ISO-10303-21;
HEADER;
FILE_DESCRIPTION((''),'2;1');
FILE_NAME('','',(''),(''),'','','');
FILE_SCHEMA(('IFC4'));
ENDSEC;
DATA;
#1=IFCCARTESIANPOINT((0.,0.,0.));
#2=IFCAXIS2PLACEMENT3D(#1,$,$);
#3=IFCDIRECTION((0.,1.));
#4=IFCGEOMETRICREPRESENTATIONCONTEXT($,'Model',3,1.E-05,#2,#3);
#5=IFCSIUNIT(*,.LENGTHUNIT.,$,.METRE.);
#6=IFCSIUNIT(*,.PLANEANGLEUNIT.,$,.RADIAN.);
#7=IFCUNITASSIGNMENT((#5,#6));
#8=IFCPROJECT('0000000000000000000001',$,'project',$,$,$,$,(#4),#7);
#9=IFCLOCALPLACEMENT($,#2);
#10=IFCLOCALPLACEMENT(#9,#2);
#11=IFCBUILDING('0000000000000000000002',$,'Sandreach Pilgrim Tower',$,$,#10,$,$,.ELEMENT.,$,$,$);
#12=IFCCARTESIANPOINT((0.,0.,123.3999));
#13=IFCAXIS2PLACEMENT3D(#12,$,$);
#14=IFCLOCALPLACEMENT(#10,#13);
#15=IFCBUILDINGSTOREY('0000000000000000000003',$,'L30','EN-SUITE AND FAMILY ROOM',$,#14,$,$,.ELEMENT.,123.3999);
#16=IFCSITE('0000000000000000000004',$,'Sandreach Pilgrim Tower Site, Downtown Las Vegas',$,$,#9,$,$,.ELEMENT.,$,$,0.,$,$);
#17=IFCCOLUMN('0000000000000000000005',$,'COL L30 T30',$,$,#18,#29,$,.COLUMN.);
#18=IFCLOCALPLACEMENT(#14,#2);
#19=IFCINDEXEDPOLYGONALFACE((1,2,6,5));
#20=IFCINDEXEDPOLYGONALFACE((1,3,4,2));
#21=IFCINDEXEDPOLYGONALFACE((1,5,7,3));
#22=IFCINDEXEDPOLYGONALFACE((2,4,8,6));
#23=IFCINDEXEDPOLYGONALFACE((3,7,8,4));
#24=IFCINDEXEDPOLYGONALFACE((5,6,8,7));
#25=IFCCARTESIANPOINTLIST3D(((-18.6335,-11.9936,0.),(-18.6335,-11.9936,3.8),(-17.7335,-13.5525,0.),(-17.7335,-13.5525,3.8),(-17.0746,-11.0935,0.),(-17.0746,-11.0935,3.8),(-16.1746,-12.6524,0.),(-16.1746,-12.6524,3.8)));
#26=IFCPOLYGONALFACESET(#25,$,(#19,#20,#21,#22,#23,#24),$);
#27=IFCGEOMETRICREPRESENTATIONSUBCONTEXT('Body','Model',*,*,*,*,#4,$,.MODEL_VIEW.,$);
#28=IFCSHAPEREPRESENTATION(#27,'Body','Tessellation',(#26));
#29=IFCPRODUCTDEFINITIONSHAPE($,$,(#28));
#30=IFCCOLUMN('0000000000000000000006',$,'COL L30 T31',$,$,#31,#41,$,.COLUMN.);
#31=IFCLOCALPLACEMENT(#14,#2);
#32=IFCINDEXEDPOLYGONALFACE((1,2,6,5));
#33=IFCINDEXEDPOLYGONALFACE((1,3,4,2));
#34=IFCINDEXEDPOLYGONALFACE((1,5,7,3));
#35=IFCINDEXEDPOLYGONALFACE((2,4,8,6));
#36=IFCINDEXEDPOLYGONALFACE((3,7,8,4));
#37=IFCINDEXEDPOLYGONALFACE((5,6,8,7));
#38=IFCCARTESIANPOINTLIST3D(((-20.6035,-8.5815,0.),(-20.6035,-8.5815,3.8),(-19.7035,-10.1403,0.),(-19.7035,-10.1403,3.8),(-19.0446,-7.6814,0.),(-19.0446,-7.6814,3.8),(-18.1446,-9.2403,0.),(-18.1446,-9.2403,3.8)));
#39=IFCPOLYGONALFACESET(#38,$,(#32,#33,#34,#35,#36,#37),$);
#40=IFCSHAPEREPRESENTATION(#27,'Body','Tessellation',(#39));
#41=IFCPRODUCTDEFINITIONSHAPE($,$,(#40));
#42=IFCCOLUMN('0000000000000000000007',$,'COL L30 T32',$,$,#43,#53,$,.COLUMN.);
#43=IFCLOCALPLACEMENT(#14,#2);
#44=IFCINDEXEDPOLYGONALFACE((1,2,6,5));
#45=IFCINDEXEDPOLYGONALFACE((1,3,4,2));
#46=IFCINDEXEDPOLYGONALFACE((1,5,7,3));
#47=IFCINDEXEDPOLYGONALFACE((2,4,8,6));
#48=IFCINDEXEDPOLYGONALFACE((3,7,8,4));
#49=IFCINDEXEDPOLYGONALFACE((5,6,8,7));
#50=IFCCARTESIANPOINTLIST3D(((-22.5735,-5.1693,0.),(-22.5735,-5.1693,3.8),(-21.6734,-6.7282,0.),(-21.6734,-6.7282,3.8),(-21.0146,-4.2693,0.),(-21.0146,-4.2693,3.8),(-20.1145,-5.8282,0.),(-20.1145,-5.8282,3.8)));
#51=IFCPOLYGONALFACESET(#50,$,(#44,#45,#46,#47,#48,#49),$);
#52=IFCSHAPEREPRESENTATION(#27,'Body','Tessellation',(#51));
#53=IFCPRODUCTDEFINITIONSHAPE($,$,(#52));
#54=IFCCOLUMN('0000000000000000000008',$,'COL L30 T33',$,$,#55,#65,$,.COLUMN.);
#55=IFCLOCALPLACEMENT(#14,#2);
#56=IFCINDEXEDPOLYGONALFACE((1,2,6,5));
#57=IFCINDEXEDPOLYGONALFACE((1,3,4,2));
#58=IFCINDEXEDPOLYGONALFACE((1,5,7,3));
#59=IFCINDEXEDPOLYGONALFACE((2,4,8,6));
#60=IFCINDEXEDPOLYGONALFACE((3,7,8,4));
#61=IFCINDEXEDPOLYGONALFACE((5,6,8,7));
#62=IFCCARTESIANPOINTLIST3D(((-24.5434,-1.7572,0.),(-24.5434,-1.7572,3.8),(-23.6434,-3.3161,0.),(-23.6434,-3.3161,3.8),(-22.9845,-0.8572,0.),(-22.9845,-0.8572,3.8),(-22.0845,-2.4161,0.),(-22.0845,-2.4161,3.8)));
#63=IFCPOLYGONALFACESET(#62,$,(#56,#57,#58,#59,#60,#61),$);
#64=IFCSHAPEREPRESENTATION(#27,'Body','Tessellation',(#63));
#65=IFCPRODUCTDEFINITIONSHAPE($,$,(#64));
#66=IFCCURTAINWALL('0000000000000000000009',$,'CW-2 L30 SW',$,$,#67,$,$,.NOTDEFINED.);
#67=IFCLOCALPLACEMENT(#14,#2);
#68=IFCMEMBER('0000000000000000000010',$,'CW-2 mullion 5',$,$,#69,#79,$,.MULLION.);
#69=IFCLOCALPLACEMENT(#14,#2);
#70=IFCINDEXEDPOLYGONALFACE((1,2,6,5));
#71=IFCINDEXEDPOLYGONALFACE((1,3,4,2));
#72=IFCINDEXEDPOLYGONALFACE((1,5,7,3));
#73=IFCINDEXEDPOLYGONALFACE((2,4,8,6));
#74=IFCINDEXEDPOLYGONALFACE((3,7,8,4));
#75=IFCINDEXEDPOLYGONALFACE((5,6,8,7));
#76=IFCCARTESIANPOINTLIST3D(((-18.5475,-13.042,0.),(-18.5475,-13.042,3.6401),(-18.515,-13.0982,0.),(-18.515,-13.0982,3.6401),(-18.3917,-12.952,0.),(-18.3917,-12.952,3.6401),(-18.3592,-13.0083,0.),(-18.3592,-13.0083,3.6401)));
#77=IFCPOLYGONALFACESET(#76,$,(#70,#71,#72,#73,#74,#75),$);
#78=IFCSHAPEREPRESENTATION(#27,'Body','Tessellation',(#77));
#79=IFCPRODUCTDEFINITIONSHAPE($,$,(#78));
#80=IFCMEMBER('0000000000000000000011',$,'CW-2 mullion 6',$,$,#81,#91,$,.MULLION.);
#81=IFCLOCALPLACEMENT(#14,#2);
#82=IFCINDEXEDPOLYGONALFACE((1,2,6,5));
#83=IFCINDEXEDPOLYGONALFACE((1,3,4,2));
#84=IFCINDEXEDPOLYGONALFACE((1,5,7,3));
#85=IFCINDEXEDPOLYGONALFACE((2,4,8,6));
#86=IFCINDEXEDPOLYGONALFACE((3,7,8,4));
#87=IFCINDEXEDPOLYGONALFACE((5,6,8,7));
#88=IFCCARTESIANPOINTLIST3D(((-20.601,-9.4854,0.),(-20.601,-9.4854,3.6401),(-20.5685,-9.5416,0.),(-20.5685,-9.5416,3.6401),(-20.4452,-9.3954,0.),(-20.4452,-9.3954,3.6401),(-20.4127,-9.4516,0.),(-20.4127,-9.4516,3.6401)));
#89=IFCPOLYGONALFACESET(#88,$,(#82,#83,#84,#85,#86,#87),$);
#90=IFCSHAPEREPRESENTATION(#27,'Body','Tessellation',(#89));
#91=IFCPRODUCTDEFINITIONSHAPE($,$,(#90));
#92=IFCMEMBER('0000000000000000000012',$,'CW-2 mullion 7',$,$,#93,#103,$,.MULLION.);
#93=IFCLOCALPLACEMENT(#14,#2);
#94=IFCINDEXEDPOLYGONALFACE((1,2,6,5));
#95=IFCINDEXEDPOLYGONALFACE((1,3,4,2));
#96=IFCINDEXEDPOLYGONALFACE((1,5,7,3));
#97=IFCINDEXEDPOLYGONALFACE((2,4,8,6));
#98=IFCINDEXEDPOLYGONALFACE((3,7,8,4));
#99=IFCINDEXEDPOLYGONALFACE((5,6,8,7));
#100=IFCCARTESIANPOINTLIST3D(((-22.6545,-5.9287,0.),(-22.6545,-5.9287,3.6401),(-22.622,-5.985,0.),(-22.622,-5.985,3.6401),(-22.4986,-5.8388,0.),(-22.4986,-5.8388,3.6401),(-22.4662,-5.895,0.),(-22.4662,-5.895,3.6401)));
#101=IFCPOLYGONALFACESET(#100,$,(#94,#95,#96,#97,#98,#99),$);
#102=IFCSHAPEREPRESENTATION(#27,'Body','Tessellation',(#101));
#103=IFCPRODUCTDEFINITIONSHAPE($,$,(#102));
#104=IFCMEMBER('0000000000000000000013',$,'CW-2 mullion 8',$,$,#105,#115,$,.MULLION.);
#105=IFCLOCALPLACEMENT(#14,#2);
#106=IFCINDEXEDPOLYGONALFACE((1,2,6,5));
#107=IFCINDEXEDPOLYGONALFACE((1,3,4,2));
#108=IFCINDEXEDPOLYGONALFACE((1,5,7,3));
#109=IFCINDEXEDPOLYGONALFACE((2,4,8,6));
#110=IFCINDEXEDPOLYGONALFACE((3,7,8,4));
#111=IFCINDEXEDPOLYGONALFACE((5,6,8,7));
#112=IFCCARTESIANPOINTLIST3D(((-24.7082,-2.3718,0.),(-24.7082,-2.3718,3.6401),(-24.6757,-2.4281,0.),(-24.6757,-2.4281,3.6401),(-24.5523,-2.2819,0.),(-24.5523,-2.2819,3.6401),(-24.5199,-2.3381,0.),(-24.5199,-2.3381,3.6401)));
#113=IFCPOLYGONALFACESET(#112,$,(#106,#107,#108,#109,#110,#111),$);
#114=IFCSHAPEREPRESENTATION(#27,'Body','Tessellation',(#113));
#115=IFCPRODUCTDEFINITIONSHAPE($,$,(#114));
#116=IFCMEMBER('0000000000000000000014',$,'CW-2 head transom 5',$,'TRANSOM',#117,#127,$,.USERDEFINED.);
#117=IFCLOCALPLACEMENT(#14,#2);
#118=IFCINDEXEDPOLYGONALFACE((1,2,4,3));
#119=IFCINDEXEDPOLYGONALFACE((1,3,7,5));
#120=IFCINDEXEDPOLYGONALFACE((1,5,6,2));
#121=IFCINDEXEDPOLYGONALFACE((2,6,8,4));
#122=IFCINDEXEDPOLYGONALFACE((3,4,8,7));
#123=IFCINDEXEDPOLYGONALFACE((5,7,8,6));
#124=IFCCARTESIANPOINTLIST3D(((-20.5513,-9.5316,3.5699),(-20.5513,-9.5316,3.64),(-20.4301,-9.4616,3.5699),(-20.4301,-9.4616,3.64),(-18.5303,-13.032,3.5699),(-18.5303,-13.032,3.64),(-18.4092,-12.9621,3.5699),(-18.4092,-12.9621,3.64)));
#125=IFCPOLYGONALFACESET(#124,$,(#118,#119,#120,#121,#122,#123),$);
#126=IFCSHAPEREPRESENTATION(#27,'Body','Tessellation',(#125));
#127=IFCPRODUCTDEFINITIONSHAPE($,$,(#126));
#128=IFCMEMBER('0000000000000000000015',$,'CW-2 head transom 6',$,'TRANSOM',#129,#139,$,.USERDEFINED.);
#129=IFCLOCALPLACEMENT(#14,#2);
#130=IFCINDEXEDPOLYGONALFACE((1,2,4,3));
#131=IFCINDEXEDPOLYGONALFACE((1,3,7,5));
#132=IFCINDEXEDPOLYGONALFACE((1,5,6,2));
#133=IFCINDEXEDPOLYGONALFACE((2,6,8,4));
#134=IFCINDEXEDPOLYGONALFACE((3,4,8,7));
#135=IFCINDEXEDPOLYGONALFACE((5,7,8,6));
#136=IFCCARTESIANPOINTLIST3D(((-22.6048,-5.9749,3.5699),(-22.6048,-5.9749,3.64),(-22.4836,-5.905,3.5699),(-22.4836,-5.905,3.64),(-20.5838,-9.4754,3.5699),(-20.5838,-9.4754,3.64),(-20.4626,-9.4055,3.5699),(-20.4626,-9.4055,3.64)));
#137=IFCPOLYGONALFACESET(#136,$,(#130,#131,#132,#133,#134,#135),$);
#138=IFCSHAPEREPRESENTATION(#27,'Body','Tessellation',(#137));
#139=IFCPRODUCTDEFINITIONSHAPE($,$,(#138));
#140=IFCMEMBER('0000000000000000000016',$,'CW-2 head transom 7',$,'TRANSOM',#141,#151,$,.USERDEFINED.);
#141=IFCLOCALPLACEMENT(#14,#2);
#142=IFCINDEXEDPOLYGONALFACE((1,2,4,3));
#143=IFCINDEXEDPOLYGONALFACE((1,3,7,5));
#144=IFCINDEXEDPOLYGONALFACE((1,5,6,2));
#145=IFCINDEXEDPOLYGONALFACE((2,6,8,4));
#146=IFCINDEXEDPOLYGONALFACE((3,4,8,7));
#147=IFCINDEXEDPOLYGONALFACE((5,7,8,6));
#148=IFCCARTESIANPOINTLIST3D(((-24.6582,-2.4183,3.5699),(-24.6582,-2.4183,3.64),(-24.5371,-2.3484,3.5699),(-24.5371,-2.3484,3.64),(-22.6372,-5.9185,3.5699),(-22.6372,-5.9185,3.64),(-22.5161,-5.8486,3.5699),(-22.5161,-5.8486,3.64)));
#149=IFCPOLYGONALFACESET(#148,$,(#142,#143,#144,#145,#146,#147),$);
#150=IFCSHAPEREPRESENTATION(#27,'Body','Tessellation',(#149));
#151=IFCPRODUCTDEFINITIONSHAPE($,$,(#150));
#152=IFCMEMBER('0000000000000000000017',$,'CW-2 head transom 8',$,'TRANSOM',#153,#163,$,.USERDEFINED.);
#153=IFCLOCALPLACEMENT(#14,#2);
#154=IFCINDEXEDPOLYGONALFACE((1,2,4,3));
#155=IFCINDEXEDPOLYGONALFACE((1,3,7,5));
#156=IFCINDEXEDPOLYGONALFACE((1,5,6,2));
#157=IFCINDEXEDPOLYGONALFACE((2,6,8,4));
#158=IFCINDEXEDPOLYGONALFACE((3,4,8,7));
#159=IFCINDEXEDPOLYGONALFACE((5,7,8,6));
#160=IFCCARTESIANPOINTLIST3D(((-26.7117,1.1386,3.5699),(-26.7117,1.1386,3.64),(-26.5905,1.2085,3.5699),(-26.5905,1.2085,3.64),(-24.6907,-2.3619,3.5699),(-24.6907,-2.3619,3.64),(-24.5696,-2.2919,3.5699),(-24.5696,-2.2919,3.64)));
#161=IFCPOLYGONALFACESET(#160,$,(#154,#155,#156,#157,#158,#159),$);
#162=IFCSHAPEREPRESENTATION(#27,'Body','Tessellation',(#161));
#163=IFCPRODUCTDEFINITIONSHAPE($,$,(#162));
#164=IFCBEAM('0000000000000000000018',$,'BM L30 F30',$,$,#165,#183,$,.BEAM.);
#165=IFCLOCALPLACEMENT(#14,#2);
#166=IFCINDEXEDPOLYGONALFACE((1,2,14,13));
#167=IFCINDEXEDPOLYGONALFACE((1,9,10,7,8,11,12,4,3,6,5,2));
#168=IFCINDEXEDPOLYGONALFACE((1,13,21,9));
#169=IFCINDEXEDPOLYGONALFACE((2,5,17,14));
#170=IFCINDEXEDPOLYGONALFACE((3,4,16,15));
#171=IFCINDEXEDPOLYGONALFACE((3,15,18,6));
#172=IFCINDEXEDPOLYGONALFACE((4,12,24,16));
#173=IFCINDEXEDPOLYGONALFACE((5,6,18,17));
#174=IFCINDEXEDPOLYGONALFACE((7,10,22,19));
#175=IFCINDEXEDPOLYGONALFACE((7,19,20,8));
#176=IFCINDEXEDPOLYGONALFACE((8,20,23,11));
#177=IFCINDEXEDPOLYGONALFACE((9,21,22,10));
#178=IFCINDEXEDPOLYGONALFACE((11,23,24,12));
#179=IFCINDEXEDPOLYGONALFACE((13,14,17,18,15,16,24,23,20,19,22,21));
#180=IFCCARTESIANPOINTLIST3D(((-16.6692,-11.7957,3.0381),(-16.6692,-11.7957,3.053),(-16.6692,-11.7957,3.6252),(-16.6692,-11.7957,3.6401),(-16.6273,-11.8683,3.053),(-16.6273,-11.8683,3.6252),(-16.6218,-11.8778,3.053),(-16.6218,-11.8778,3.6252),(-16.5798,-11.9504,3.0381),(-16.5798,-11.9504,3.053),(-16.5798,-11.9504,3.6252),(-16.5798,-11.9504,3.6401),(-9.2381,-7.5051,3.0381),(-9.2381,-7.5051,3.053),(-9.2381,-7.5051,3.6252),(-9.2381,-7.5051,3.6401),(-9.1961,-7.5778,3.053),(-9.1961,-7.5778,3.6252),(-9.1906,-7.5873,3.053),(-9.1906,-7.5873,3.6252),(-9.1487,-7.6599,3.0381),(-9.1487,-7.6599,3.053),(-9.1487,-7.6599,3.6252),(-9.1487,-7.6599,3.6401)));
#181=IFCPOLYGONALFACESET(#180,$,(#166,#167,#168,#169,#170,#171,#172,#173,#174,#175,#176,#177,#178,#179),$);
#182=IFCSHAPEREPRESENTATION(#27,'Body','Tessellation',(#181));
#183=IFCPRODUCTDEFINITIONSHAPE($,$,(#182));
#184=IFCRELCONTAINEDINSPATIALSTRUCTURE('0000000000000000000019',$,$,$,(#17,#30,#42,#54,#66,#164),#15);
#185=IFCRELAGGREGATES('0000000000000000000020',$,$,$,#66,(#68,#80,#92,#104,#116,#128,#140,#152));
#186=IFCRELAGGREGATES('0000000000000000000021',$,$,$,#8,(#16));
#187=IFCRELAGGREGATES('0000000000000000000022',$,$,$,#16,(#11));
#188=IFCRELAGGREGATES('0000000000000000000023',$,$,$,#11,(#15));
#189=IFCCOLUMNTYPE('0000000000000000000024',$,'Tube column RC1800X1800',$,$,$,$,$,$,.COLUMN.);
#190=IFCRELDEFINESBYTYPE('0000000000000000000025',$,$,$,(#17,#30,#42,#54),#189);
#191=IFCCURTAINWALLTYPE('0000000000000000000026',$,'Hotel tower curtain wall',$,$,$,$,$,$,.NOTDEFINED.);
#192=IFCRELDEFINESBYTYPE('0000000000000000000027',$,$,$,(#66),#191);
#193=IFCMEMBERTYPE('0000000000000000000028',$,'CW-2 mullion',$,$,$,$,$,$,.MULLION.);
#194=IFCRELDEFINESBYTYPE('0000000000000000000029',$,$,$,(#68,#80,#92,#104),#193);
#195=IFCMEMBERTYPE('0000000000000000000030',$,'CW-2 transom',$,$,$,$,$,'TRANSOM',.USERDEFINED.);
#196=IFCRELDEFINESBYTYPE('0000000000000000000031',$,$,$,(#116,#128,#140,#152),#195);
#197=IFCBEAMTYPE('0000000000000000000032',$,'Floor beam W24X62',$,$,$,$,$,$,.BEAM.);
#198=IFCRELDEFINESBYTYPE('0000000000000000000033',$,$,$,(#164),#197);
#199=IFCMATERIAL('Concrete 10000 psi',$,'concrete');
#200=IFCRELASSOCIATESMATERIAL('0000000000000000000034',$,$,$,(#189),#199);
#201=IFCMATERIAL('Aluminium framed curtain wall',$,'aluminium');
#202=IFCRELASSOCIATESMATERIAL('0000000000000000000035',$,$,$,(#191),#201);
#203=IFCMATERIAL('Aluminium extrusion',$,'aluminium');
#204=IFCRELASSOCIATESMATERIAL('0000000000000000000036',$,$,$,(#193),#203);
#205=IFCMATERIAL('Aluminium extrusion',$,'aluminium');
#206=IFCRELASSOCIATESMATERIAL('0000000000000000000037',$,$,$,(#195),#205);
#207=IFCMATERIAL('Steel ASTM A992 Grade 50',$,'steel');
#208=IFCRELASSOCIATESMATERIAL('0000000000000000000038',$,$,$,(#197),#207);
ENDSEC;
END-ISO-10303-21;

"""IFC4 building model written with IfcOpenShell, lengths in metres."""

from ifc_helpers import new_model, si_unit, direction, frame, origin, origin_2d, place, context, subcontext, project, spatial, rectangle, i_section, extrude, material, material_profile, profile_set, type_object, element, aggregate, save


model = new_model("IFC4")

# Units and contexts
model_context = context("Model", 3, precision=1e-05, world=origin(), true_north=direction((0.0, 1.0)))
body_context = subcontext(model_context, "Body", "Model", "MODEL_VIEW")
ifc_project = project(units=[si_unit("LENGTHUNIT", "METRE"), si_unit("PLANEANGLEUNIT", "RADIAN")], contexts=[model_context])

# Site, building, storey
site_placement = place(None, origin())
site = spatial("IfcSite", under=ifc_project, at=site_placement, Name="Sandreach Pilgrim Tower Site, Downtown Las Vegas", CompositionType="ELEMENT", RefElevation=0.0)
building_placement = place(site_placement, origin())
building = spatial("IfcBuilding", under=site, at=building_placement, Name="Sandreach Pilgrim Tower", CompositionType="ELEMENT")
storey_placement = place(building_placement, frame((0.0, 0.0, 123.3999)))
storey = spatial("IfcBuildingStorey", under=building, at=storey_placement, Name="L30", Description="EN-SUITE AND FAMILY ROOM", CompositionType="ELEMENT", Elevation=123.3999)

# Columns
ifc_material_1 = material(Name="Concrete 10000 psi", Category="concrete")
ifc_material_profile_1 = material_profile(ifc_material_1, rectangle(XDim=1.8, YDim=1.8, at=origin_2d()), Name="RC1800X1800")
ifc_profile_set_1 = profile_set([ifc_material_profile_1], Name="Concrete 10000 psi")
column_type = type_object("IfcColumnType", Name="Tube column RC1800X1800", PredefinedType="COLUMN", material=ifc_profile_set_1)
for number, where, z_axis, x_axis, name in (
    (1, (-17.4041, -12.323, 0.0), (0.0, 0.0, 1.0), (-0.866025, -0.5, 0.0), "COL L30 T30"),
    (2, (-19.374, -8.9109, 0.0), (0.0, 0.0, 1.0), (-0.866025, -0.5, 0.0), "COL L30 T31"),
    (3, (-21.344, -5.4988, 0.0), (0.0, 0.0, 1.0), (-0.866025, -0.5, 0.0), "COL L30 T32"),
    (4, (-23.314, -2.0867, 0.0), (0.0, 0.0, 1.0), (-0.866025, -0.5, 0.0), "COL L30 T33"),
):
    element("IfcColumn", number, at=place(storey_placement, frame(where, z_axis=z_axis, x_axis=x_axis)), inside=storey, type_object=column_type, Name=name, PredefinedType="COLUMN", context=body_context, shape_type="SweptSolid", body=[
        extrude(rectangle(XDim=1.8, YDim=1.8, at=origin_2d()), origin(), (0.0, 0.0, 1.0), 3.8),
    ])

# Curtain wall, members
ifc_material_2 = material(Name="Aluminium framed curtain wall", Category="aluminium")
curtain_wall_type = type_object("IfcCurtainWallType", Name="Hotel tower curtain wall", PredefinedType="NOTDEFINED", material=ifc_material_2)
curtain_wall_placement = place(storey_placement, origin())
curtain_wall = element("IfcCurtainWall", 5, at=curtain_wall_placement, inside=storey, type_object=curtain_wall_type, Name="CW-2 L30 SW", PredefinedType="NOTDEFINED")
ifc_material_3 = material(Name="Aluminium extrusion", Category="aluminium")
ifc_material_profile_2 = material_profile(ifc_material_3, rectangle(XDim=0.0649, YDim=0.1799, at=origin_2d()), Name="CW-2M 65X180")
ifc_profile_set_2 = profile_set([ifc_material_profile_2], Name="Aluminium extrusion")
member_type_1 = type_object("IfcMemberType", Name="CW-2 mullion", PredefinedType="MULLION", material=ifc_profile_set_2)
member_1_placement = place(storey_placement, frame((-18.4534, -13.0251, 0.0), z_axis=(0.0, 0.0, 1.0), x_axis=(-0.5, 0.866025, 0.0)))
member_1 = element("IfcMember", 6, at=member_1_placement, type_object=member_type_1, Name="CW-2 mullion 5", PredefinedType="MULLION", context=body_context, shape_type="SweptSolid", body=[
    extrude(rectangle(XDim=0.0649, YDim=0.1799, at=origin_2d()), origin(), (0.0, 0.0, 1.0), 3.6401),
])
member_2_placement = place(storey_placement, frame((-20.5068, -9.4685, 0.0), z_axis=(0.0, 0.0, 1.0), x_axis=(-0.5, 0.866025, 0.0)))
member_2 = element("IfcMember", 7, at=member_2_placement, type_object=member_type_1, Name="CW-2 mullion 6", PredefinedType="MULLION", context=body_context, shape_type="SweptSolid", body=[
    extrude(rectangle(XDim=0.0649, YDim=0.1799, at=origin_2d()), origin(), (0.0, 0.0, 1.0), 3.6401),
])
member_3_placement = place(storey_placement, frame((-22.5603, -5.9119, 0.0), z_axis=(0.0, 0.0, 1.0), x_axis=(-0.5, 0.866025, 0.0)))
member_3 = element("IfcMember", 8, at=member_3_placement, type_object=member_type_1, Name="CW-2 mullion 7", PredefinedType="MULLION", context=body_context, shape_type="SweptSolid", body=[
    extrude(rectangle(XDim=0.0649, YDim=0.1799, at=origin_2d()), origin(), (0.0, 0.0, 1.0), 3.6401),
])
member_4_placement = place(storey_placement, frame((-24.614, -2.355, 0.0), z_axis=(0.0, 0.0, 1.0), x_axis=(-0.5, 0.866025, 0.0)))
member_4 = element("IfcMember", 9, at=member_4_placement, type_object=member_type_1, Name="CW-2 mullion 8", PredefinedType="MULLION", context=body_context, shape_type="SweptSolid", body=[
    extrude(rectangle(XDim=0.0649, YDim=0.1799, at=origin_2d()), origin(), (0.0, 0.0, 1.0), 3.6401),
])
ifc_material_4 = material(Name="Aluminium extrusion", Category="aluminium")
ifc_material_profile_3 = material_profile(ifc_material_4, rectangle(XDim=0.1399, YDim=0.0701, at=origin_2d()), Name="CW-2T 140X70")
ifc_profile_set_3 = profile_set([ifc_material_profile_3], Name="Aluminium extrusion")
member_type_2 = type_object("IfcMemberType", Name="CW-2 transom", ElementType="TRANSOM", PredefinedType="USERDEFINED", material=ifc_profile_set_3)
member_5_placement = place(storey_placement, frame((-18.4697, -12.9971, 3.605), z_axis=(-0.499998, 0.866027, 0.0), x_axis=(-0.866027, -0.499998, 0.0)))
member_5 = element("IfcMember", 10, at=member_5_placement, type_object=member_type_2, Name="CW-2 head transom 5", ObjectType="TRANSOM", PredefinedType="USERDEFINED", context=body_context, shape_type="SweptSolid", body=[
    extrude(rectangle(XDim=0.1399, YDim=0.0701, at=origin_2d()), origin(), (0.0, 0.0, 1.0), 4.042),
])
member_6_placement = place(storey_placement, frame((-20.5232, -9.4404, 3.605), z_axis=(-0.499998, 0.866027, 0.0), x_axis=(-0.866027, -0.499998, 0.0)))
member_6 = element("IfcMember", 11, at=member_6_placement, type_object=member_type_2, Name="CW-2 head transom 6", ObjectType="TRANSOM", PredefinedType="USERDEFINED", context=body_context, shape_type="SweptSolid", body=[
    extrude(rectangle(XDim=0.1399, YDim=0.0701, at=origin_2d()), origin(), (0.0, 0.0, 1.0), 4.042),
])
member_7_placement = place(storey_placement, frame((-22.5767, -5.8835, 3.605), z_axis=(-0.500024, 0.866012, 0.0), x_axis=(-0.866012, -0.500024, 0.0)))
member_7 = element("IfcMember", 12, at=member_7_placement, type_object=member_type_2, Name="CW-2 head transom 7", ObjectType="TRANSOM", PredefinedType="USERDEFINED", context=body_context, shape_type="SweptSolid", body=[
    extrude(rectangle(XDim=0.1399, YDim=0.0701, at=origin_2d()), origin(), (0.0, 0.0, 1.0), 4.0417),
])
member_8_placement = place(storey_placement, frame((-24.6301, -2.3269, 3.605), z_axis=(-0.499998, 0.866027, 0.0), x_axis=(-0.866027, -0.499998, 0.0)))
member_8 = element("IfcMember", 13, at=member_8_placement, type_object=member_type_2, Name="CW-2 head transom 8", ObjectType="TRANSOM", PredefinedType="USERDEFINED", context=body_context, shape_type="SweptSolid", body=[
    extrude(rectangle(XDim=0.1399, YDim=0.0701, at=origin_2d()), origin(), (0.0, 0.0, 1.0), 4.042),
])

# Beam
ifc_material_5 = material(Name="Steel ASTM A992 Grade 50", Category="steel")
ifc_material_profile_4 = material_profile(ifc_material_5, i_section(OverallWidth=0.1787, OverallDepth=0.6021, WebThickness=0.011, FlangeThickness=0.0149, at=origin_2d()), Name="W24X62")
ifc_profile_set_4 = profile_set([ifc_material_profile_4], Name="Steel ASTM A992 Grade 50")
beam_type_1 = type_object("IfcBeamType", Name="Floor beam W24X62", PredefinedType="BEAM", material=ifc_profile_set_4)
beam_1_placement = place(storey_placement, frame((-16.6245, -11.873, 3.3391), z_axis=(0.866018, 0.500013, 0.0), x_axis=(-0.500013, 0.866018, 0.0)))
element("IfcBeam", 14, at=beam_1_placement, inside=storey, type_object=beam_type_1, Name="BM L30 F30", PredefinedType="BEAM", context=body_context, shape_type="SweptSolid", body=[
    extrude(i_section(OverallWidth=0.1787, OverallDepth=0.6021, WebThickness=0.011, FlangeThickness=0.0149, at=origin_2d()), origin(), (0.0, 0.0, 1.0), 8.5808),
])

aggregate(curtain_wall, [member_1, member_2, member_3, member_4, member_5, member_6, member_7, member_8])

save(model, "model.ifc")
